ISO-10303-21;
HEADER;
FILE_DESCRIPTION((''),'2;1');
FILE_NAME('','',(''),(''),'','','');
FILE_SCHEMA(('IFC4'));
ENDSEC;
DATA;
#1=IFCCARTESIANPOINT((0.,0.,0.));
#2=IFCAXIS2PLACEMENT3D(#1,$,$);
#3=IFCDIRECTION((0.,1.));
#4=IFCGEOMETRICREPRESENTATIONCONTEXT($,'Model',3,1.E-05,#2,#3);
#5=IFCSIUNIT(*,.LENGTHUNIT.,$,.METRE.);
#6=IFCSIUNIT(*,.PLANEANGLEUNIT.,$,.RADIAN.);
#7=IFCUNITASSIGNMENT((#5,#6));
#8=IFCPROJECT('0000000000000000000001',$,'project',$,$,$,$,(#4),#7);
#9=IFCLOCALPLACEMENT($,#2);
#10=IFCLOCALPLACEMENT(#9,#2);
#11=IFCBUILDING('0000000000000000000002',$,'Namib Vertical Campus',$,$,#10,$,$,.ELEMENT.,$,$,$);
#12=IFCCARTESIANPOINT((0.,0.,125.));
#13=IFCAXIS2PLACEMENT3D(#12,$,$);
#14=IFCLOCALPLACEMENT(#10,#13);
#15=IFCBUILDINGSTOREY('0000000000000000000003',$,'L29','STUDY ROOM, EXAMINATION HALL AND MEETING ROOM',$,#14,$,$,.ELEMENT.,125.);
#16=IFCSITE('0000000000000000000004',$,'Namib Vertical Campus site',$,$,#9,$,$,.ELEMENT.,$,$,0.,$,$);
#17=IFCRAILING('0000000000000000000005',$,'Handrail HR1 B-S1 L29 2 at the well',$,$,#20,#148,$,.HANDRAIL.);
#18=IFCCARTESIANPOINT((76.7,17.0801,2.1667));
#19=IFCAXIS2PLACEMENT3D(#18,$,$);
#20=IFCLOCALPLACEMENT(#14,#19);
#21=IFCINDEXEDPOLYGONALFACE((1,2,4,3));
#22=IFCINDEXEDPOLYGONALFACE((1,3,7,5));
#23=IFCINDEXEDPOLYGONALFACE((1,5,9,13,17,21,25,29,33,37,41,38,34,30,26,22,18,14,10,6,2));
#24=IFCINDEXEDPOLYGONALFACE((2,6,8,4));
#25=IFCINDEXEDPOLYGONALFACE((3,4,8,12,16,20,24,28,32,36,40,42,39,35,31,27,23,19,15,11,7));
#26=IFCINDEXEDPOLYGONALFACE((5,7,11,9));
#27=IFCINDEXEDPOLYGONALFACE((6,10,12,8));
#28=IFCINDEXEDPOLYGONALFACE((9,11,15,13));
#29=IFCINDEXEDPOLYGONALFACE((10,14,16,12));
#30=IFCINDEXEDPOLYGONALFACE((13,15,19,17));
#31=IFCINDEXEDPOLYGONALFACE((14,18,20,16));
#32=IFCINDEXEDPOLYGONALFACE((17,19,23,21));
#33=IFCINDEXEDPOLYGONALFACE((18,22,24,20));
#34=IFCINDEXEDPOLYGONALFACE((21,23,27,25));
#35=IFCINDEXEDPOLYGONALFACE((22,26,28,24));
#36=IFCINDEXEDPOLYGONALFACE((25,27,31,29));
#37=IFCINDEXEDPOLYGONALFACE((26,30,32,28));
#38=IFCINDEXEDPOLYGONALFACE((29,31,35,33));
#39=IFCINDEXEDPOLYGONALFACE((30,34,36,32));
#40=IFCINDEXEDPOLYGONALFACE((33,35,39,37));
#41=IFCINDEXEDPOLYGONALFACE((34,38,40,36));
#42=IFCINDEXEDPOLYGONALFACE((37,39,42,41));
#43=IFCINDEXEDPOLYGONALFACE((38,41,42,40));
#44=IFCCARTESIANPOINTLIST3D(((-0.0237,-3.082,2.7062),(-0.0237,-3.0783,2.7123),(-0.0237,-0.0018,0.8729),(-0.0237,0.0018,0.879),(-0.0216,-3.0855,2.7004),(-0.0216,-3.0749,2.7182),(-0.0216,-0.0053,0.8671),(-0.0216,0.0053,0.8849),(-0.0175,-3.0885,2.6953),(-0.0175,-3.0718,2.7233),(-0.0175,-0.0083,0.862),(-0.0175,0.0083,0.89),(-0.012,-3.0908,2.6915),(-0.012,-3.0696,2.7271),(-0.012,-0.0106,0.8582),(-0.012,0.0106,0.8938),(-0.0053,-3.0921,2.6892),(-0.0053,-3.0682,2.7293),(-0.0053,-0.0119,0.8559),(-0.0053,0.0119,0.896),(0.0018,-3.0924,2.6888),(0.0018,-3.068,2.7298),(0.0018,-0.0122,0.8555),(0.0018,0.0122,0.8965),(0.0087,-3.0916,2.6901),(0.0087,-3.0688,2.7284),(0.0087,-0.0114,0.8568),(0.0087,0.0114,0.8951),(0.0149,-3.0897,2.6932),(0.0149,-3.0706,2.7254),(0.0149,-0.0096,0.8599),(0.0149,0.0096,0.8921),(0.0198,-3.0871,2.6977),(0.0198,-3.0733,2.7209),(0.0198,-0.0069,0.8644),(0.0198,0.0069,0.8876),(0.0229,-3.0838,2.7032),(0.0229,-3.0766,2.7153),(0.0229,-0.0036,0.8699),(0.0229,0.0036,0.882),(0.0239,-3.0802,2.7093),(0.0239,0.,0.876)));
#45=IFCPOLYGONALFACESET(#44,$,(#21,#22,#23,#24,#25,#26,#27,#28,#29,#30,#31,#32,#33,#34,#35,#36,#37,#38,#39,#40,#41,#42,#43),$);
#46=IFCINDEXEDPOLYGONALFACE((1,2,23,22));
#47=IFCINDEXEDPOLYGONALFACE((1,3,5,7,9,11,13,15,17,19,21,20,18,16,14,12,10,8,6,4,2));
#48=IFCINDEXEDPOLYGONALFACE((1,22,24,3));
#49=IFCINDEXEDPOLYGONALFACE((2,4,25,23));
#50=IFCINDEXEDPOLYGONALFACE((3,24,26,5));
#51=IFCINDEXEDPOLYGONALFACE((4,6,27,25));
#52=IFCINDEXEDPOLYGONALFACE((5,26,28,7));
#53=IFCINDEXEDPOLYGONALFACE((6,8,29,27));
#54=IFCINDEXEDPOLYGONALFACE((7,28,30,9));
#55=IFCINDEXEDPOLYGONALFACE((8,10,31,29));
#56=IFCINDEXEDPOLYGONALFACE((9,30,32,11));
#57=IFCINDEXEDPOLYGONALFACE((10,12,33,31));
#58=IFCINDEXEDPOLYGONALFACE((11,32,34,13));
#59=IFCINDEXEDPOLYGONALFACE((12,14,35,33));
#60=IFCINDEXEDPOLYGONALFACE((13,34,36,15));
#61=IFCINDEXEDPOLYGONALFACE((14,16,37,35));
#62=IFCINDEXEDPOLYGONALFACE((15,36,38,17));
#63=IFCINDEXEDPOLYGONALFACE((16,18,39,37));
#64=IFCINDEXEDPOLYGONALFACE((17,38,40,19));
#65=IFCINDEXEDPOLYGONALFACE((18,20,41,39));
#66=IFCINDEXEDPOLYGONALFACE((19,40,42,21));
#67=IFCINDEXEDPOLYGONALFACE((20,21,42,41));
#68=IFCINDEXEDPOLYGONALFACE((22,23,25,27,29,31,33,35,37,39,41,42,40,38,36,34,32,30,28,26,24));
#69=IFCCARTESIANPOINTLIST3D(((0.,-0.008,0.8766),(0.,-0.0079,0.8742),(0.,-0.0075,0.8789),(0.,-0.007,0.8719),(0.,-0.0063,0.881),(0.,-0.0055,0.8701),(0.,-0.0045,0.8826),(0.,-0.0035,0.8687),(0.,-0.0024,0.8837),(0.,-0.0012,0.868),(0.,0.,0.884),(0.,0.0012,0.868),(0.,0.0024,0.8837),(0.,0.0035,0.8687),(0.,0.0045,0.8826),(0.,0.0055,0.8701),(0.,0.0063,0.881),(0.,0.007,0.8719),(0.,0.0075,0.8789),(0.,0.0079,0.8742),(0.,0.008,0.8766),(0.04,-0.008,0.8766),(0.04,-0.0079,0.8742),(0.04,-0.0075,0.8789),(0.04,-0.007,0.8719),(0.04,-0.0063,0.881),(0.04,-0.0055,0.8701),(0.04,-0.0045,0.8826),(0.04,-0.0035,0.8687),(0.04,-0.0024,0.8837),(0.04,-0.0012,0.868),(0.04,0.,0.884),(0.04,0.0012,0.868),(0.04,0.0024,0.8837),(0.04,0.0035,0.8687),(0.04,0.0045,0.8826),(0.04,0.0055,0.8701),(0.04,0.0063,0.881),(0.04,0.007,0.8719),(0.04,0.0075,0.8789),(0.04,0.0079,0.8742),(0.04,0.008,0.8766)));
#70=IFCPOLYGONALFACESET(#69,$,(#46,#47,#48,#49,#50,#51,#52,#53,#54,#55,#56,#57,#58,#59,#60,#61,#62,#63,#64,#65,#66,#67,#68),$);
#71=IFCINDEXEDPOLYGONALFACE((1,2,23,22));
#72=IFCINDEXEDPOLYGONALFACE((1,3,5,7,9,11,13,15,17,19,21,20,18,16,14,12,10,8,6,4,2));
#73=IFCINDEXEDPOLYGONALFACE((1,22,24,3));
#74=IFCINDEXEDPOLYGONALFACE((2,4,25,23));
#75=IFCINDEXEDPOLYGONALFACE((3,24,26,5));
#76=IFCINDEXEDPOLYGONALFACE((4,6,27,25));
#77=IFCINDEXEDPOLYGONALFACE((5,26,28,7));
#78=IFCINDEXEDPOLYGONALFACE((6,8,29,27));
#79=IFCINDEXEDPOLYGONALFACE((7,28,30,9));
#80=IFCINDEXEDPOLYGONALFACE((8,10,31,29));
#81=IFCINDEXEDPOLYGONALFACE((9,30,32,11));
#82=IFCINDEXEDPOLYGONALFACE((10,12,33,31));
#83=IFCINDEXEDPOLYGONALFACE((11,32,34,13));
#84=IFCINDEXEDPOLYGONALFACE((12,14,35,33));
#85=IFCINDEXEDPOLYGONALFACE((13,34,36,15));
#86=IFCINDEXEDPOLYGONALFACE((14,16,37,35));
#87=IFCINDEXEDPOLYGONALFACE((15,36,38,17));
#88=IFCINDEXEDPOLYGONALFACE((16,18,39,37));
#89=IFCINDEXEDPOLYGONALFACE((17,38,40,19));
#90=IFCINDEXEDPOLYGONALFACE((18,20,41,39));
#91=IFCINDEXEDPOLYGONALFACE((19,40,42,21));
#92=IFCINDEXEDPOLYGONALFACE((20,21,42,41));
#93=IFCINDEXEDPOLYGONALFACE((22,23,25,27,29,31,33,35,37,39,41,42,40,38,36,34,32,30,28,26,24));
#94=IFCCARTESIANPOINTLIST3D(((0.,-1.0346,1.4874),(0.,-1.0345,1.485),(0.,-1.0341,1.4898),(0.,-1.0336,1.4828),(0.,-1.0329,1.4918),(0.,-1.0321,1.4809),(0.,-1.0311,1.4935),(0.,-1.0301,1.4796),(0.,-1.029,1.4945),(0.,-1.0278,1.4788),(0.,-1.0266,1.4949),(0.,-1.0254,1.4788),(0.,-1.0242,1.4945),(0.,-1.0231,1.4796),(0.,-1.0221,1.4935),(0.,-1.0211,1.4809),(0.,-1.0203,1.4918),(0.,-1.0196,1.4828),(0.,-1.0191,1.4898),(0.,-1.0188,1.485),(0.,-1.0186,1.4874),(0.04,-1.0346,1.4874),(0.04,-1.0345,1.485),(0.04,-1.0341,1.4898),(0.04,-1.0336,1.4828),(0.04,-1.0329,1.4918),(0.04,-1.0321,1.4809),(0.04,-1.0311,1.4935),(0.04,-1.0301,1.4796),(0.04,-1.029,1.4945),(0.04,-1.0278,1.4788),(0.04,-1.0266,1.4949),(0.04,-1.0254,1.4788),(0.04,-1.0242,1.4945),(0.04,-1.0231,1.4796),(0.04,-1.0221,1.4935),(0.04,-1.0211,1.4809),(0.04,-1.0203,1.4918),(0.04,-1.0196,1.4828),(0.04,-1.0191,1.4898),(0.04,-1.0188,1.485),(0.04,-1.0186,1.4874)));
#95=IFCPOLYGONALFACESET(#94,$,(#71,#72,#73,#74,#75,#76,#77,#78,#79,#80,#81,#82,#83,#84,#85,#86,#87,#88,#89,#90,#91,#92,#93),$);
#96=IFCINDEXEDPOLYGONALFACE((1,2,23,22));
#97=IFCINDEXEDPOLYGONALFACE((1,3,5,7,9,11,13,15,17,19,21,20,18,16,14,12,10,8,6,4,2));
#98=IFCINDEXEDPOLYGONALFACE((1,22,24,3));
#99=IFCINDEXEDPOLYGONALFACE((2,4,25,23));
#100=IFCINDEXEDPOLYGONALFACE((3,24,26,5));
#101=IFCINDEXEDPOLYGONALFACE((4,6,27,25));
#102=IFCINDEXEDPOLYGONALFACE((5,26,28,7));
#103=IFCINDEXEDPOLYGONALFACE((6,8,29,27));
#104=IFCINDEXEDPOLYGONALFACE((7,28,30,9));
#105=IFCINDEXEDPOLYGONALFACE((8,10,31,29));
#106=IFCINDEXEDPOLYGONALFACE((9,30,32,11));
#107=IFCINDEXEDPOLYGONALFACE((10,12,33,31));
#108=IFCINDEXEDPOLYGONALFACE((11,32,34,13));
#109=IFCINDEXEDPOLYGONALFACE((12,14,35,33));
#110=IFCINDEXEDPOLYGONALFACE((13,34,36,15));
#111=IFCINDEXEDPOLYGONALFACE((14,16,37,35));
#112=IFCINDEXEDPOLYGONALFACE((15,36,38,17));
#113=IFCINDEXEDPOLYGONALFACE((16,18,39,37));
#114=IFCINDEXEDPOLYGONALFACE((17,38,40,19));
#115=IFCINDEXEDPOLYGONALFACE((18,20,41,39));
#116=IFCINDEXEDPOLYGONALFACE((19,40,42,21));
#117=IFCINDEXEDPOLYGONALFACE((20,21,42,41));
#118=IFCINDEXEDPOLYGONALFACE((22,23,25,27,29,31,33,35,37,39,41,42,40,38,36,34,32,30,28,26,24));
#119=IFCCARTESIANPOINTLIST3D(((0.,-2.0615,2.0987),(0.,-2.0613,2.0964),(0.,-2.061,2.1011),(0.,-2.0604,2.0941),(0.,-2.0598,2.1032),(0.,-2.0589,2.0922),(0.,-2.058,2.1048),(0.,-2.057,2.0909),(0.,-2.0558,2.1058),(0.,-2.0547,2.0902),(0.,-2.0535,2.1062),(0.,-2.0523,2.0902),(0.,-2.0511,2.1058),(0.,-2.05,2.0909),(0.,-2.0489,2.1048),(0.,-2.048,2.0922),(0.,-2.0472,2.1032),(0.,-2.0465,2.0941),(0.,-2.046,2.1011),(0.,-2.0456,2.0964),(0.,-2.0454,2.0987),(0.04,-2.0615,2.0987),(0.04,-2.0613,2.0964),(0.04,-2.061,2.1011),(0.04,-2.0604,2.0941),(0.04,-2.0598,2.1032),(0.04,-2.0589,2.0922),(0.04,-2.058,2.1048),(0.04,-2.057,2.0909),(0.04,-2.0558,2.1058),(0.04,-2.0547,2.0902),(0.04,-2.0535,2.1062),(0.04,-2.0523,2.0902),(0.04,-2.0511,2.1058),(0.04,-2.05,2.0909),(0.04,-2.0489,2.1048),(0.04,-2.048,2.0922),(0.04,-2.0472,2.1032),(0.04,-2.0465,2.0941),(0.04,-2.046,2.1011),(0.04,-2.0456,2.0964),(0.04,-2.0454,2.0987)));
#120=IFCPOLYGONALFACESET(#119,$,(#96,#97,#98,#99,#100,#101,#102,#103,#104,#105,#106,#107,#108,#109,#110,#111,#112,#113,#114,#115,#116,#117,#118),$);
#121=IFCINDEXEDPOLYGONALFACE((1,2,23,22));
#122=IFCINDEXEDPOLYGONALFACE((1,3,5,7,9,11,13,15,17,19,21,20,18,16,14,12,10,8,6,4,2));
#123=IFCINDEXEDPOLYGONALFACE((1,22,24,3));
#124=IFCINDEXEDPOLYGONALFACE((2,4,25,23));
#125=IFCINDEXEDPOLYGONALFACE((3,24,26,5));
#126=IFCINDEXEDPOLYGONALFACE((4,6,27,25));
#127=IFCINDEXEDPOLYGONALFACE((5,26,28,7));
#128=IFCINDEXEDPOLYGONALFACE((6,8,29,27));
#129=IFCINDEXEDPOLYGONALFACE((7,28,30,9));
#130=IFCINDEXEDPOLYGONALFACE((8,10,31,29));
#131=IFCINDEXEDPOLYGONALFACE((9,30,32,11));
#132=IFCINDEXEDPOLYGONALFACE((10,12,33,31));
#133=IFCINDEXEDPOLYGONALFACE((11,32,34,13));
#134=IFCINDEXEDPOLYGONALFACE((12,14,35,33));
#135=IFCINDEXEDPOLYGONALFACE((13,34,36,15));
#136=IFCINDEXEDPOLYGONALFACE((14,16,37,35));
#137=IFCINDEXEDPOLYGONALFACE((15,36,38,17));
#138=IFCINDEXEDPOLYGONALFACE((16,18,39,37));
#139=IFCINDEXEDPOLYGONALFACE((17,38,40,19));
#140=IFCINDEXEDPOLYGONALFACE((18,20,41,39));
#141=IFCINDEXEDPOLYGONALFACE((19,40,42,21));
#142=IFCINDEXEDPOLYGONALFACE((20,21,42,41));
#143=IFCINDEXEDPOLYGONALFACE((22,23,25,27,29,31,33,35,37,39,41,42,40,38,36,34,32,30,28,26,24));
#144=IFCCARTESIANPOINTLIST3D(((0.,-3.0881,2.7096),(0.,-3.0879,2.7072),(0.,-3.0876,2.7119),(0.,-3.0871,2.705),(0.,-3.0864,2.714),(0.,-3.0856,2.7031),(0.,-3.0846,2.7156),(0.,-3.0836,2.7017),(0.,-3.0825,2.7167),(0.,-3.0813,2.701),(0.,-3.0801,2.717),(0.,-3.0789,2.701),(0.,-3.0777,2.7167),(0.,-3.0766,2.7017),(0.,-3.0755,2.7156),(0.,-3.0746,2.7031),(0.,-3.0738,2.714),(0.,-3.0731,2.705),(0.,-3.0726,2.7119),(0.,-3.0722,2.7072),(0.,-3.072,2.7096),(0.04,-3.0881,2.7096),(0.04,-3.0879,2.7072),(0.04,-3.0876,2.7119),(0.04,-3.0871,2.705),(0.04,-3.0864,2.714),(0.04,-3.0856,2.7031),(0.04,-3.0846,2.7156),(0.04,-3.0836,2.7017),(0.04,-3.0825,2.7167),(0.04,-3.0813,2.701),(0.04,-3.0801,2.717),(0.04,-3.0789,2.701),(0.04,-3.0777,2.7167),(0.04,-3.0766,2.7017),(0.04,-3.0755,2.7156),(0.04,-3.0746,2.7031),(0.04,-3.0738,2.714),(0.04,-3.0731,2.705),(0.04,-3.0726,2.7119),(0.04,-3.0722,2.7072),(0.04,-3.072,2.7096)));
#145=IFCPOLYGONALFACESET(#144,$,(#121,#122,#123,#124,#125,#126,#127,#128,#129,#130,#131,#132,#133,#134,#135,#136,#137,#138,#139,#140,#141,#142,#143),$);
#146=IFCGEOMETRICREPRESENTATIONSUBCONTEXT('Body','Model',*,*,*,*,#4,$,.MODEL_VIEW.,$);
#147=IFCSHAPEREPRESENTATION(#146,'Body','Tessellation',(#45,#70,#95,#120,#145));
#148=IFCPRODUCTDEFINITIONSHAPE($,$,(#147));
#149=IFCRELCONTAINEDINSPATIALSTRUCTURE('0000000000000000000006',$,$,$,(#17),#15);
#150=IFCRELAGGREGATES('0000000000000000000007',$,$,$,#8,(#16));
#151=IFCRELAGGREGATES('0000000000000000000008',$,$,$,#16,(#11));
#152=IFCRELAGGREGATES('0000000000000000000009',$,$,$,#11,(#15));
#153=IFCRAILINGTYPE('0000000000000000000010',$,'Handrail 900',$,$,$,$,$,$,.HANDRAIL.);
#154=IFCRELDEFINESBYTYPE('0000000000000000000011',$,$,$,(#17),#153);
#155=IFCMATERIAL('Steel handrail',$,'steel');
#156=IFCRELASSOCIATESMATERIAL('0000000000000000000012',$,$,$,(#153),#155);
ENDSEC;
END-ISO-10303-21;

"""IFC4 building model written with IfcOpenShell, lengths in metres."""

from ifc_helpers import new_model, si_unit, direction, frame, origin, origin_2d, place, context, subcontext, project, spatial, circle, extrude, material, type_object, element, save


model = new_model("IFC4")

# Units and contexts
model_context = context("Model", 3, precision=1e-05, world=origin(), true_north=direction((0.0, 1.0)))
body_context = subcontext(model_context, "Body", "Model", "MODEL_VIEW")
ifc_project = project(units=[si_unit("LENGTHUNIT", "METRE"), si_unit("PLANEANGLEUNIT", "RADIAN")], contexts=[model_context])

# Site, building, storey
site_placement = place(None, origin())
site = spatial("IfcSite", under=ifc_project, at=site_placement, Name="Namib Vertical Campus site", CompositionType="ELEMENT", RefElevation=0.0)
building_placement = place(site_placement, origin())
building = spatial("IfcBuilding", under=site, at=building_placement, Name="Namib Vertical Campus", CompositionType="ELEMENT")
storey_placement = place(building_placement, frame((0.0, 0.0, 125.0)))
storey = spatial("IfcBuildingStorey", under=building, at=storey_placement, Name="L29", Description="STUDY ROOM, EXAMINATION HALL AND MEETING ROOM", CompositionType="ELEMENT", Elevation=125.0)

# Railing
ifc_material_1 = material(Name="Steel handrail", Category="steel")
railing_type = type_object("IfcRailingType", Name="Handrail 900", PredefinedType="HANDRAIL", material=ifc_material_1)
railing_1_placement = place(storey_placement, frame((76.7, 17.0801, 2.1667)))
element("IfcRailing", 1, at=railing_1_placement, inside=storey, type_object=railing_type, Name="Handrail HR1 B-S1 L29 2 at the well", PredefinedType="HANDRAIL", context=body_context, shape_type="SweptSolid", body=[
    extrude(circle(Radius=0.0239, at=origin_2d()), frame((0.0, 0.0, 0.876), z_axis=(0.0, -0.859309, 0.511458), x_axis=(1.0, 0.0, 0.0)), (0.0, 0.0, 1.0), 3.5845),
    extrude(circle(Radius=0.0081, at=origin_2d()), frame((0.0, 0.0, 0.876), z_axis=(1.0, 0.0, 0.0), x_axis=(0.0, 0.0, 1.0)), (0.0, 0.0, 1.0), 0.04),
    extrude(circle(Radius=0.0081, at=origin_2d()), frame((0.0, -1.0266, 1.4868), z_axis=(1.0, 0.0, 0.0), x_axis=(0.0, 0.0, 1.0)), (0.0, 0.0, 1.0), 0.04),
    extrude(circle(Radius=0.0081, at=origin_2d()), frame((0.0, -2.0535, 2.0981), z_axis=(1.0, 0.0, 0.0), x_axis=(0.0, 0.0, 1.0)), (0.0, 0.0, 1.0), 0.04),
    extrude(circle(Radius=0.0081, at=origin_2d()), frame((0.0, -3.0801, 2.709), z_axis=(1.0, 0.0, 0.0), x_axis=(0.0, 0.0, 1.0)), (0.0, 0.0, 1.0), 0.04),
])

save(model, "model.ifc")
